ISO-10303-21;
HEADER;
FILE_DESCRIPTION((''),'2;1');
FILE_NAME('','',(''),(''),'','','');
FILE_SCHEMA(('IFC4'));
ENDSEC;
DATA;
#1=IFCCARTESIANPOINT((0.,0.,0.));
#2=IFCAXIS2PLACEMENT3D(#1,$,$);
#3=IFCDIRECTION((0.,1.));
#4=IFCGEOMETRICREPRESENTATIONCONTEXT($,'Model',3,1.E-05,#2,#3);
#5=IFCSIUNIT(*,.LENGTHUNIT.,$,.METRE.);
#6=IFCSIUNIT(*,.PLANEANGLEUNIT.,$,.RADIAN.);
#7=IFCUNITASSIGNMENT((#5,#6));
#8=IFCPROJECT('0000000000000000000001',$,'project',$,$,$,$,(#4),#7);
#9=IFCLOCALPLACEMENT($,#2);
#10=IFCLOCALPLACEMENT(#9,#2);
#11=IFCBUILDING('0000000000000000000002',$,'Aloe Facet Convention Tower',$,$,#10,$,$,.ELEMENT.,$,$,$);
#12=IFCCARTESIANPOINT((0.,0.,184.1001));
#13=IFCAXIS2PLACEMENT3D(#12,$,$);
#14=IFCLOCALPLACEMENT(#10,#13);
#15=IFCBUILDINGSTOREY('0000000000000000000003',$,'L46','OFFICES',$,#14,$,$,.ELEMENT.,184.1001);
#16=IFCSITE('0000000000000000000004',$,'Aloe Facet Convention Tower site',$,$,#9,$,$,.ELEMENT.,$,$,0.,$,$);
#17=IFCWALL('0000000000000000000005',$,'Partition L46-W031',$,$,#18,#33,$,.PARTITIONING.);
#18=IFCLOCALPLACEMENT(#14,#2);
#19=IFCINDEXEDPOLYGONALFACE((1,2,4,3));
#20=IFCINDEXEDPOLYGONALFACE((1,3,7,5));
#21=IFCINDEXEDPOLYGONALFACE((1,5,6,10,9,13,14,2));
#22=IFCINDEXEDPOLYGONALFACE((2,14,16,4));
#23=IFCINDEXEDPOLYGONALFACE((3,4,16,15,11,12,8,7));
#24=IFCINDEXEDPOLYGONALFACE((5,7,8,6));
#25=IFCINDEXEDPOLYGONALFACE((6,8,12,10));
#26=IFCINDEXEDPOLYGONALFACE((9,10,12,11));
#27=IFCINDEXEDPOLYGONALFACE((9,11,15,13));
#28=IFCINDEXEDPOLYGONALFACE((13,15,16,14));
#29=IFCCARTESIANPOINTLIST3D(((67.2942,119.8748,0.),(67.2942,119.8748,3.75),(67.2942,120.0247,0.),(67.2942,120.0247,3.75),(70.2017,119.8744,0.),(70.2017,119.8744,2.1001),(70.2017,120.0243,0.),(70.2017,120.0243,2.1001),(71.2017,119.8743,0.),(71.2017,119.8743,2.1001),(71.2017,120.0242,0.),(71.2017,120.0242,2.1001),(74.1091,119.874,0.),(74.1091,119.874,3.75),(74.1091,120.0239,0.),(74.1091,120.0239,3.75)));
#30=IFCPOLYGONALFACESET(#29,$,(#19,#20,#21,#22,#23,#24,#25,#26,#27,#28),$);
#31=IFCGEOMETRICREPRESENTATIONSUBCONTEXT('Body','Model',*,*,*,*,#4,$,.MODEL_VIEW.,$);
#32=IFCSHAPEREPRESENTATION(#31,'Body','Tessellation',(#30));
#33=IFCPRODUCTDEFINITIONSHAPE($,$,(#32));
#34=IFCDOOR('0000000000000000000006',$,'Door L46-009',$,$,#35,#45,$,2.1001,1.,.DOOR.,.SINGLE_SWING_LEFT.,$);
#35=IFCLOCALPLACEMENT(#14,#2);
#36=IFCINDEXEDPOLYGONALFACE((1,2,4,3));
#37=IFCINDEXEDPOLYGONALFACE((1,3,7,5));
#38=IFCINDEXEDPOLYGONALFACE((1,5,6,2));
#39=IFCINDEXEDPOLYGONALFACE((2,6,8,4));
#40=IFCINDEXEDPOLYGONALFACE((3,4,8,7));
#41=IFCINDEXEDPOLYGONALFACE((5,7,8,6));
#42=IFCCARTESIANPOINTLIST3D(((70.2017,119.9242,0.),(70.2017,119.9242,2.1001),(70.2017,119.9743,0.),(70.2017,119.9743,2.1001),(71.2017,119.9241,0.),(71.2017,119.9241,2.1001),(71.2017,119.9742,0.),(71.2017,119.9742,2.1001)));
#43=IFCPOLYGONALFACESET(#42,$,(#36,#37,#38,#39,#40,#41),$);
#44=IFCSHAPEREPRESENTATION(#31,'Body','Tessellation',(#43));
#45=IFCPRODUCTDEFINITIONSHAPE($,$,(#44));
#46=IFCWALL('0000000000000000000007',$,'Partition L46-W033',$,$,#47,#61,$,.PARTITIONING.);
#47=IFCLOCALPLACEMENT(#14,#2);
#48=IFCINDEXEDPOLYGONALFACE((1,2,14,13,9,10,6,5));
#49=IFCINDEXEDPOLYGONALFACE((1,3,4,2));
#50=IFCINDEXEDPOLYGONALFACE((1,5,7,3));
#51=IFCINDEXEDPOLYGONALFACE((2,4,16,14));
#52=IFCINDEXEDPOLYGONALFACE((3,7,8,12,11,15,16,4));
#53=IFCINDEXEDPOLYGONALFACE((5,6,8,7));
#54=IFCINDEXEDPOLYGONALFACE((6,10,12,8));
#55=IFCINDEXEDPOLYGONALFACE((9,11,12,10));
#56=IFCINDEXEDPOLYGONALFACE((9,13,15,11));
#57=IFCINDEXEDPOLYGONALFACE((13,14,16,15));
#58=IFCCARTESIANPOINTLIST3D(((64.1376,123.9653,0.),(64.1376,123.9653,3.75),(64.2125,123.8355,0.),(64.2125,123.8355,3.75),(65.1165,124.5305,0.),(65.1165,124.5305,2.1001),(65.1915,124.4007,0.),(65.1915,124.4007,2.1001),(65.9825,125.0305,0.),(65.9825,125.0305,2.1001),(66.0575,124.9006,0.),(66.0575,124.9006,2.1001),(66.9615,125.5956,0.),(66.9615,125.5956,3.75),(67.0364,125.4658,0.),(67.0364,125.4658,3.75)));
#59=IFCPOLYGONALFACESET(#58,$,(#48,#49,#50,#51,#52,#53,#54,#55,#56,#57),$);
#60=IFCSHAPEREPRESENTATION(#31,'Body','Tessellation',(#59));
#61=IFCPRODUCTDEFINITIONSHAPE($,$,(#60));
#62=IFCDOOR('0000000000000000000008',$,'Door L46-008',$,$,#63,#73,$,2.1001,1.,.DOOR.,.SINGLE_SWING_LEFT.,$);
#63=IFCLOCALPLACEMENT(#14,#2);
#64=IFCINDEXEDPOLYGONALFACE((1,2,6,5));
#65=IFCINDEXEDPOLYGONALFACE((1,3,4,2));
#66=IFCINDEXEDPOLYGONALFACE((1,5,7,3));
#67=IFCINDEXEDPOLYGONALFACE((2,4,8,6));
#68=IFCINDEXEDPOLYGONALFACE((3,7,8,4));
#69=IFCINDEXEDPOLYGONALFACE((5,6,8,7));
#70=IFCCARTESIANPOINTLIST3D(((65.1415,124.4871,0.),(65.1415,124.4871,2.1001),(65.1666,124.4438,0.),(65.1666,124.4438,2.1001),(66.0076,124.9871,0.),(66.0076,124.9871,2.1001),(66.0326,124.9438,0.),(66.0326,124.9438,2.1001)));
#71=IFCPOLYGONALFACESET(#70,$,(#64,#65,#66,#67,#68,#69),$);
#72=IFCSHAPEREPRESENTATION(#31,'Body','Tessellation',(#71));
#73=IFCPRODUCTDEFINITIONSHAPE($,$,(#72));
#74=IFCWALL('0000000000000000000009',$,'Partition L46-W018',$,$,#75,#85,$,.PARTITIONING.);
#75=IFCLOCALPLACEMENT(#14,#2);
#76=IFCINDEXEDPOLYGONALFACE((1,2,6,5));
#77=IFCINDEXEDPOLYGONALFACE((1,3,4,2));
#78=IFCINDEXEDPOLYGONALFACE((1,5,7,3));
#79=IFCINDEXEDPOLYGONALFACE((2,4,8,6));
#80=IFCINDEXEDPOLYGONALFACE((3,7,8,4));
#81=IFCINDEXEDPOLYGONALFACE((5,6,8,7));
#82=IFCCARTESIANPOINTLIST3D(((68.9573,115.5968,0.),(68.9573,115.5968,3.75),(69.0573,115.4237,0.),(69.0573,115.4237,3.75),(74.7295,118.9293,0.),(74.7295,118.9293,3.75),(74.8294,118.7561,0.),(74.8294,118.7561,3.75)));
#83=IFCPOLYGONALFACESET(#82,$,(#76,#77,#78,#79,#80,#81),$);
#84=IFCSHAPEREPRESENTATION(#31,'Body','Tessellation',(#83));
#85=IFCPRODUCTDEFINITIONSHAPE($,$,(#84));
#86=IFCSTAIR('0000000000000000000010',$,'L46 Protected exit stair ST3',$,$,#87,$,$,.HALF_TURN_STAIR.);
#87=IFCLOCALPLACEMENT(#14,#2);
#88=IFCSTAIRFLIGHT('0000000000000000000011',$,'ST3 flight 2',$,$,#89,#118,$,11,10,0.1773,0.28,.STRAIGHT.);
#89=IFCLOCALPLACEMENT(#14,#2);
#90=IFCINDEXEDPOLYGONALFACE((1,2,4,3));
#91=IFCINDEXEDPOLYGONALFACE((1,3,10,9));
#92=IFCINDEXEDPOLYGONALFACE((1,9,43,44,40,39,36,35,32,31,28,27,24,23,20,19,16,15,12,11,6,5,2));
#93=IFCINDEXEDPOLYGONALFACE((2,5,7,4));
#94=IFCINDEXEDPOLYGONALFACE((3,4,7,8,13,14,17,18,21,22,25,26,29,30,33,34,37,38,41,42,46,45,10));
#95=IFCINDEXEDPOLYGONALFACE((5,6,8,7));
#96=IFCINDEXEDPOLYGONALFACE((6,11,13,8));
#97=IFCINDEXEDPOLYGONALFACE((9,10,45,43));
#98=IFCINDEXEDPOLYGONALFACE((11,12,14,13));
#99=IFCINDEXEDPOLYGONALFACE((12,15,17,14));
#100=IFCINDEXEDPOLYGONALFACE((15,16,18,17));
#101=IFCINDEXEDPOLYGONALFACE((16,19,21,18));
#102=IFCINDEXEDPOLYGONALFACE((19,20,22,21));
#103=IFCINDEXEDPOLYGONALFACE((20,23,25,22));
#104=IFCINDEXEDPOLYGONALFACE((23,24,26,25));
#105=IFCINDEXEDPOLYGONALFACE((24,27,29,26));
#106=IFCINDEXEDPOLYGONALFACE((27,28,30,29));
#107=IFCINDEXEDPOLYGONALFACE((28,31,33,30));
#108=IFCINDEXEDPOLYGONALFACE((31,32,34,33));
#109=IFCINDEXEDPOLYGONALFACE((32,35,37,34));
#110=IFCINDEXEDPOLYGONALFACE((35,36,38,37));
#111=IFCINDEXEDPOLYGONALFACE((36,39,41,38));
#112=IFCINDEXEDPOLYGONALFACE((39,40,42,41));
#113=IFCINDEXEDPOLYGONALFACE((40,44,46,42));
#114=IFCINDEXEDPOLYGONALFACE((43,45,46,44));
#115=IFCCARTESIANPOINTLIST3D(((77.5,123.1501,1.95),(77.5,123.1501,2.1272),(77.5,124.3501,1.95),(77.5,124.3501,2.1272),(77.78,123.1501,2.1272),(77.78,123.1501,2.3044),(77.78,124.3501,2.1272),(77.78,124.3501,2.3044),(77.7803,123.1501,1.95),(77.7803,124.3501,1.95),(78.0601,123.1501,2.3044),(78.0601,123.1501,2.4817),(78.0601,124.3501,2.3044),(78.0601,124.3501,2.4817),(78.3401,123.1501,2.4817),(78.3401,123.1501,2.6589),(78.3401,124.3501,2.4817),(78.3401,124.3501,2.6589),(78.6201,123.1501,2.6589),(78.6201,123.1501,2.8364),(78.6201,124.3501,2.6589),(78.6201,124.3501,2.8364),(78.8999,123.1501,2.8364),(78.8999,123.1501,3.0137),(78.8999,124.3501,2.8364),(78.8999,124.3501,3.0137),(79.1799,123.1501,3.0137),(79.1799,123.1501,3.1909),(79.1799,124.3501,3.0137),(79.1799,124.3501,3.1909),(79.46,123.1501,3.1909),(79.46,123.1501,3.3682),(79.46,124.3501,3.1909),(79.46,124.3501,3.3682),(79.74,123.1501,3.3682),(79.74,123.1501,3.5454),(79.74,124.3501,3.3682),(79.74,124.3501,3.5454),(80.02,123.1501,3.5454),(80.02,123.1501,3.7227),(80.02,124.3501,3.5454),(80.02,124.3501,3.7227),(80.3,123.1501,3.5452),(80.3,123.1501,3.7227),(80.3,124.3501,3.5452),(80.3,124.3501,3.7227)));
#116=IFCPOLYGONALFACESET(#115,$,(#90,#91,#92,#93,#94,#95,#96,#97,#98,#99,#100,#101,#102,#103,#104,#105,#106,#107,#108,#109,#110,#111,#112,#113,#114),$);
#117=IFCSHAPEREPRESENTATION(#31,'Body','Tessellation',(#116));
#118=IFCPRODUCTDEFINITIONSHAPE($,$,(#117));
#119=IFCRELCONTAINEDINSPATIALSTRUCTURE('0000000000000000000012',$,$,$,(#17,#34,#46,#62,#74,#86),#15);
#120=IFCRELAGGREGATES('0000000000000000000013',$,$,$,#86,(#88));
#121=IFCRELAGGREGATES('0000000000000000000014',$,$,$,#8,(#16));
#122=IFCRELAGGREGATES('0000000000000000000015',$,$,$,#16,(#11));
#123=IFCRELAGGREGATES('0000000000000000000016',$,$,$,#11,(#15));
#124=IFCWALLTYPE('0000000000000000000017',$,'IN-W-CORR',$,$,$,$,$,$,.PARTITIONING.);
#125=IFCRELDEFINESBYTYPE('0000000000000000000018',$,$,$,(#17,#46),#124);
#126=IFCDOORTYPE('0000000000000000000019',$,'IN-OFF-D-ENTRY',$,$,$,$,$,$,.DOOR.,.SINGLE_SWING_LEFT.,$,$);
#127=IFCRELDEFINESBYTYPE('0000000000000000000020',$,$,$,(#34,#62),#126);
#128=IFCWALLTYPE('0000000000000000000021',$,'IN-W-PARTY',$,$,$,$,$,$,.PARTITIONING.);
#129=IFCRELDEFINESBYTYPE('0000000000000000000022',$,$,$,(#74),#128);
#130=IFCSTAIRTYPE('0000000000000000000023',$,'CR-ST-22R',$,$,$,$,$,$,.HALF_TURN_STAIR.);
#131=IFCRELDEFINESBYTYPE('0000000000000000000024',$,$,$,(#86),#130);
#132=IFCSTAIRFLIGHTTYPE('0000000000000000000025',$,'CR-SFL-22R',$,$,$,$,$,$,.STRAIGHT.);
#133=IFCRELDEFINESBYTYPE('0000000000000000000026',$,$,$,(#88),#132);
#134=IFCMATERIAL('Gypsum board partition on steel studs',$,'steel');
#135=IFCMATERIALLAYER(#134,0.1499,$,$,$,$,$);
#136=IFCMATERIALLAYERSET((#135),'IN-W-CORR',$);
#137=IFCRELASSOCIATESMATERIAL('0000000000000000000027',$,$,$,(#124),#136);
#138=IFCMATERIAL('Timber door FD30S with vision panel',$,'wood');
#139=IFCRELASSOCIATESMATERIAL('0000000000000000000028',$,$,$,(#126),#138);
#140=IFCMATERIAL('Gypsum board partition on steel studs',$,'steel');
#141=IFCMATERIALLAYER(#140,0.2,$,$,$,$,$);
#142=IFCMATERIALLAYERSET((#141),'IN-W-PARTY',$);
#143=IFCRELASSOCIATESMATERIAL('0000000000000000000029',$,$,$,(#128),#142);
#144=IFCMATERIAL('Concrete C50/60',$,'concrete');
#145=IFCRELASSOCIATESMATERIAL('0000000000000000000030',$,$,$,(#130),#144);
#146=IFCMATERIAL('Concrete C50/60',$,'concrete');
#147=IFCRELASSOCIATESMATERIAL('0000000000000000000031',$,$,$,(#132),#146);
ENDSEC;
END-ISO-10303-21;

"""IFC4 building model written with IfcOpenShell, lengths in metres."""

from ifc_helpers import new_model, si_unit, direction, frame, frame_2d, origin, place, context, subcontext, project, spatial, polyline, rectangle, outline, extrude, material, layer, layer_set, type_object, element, fill, aggregate, save


model = new_model("IFC4")

# Units and contexts
model_context = context("Model", 3, precision=1e-05, world=origin(), true_north=direction((0.0, 1.0)))
body_context = subcontext(model_context, "Body", "Model", "MODEL_VIEW")
ifc_project = project(units=[si_unit("LENGTHUNIT", "METRE"), si_unit("PLANEANGLEUNIT", "RADIAN")], contexts=[model_context])

# Site, building, storey
site_placement = place(None, origin())
site = spatial("IfcSite", under=ifc_project, at=site_placement, Name="Aloe Facet Convention Tower site", CompositionType="ELEMENT", RefElevation=0.0)
building_placement = place(site_placement, origin())
building = spatial("IfcBuilding", under=site, at=building_placement, Name="Aloe Facet Convention Tower", CompositionType="ELEMENT")
storey_placement = place(building_placement, frame((0.0, 0.0, 184.1001)))
storey = spatial("IfcBuildingStorey", under=building, at=storey_placement, Name="L46", Description="OFFICES", CompositionType="ELEMENT", Elevation=184.1001)

# Shared definitions
ifc_material_1 = material(Name="Gypsum board partition on steel studs", Category="steel")
ifc_layer_1 = layer(ifc_material_1, 0.1499)
ifc_layer_set_1 = layer_set([ifc_layer_1], Name="IN-W-CORR")
wall_type_1 = type_object("IfcWallType", Name="IN-W-CORR", PredefinedType="PARTITIONING", material=ifc_layer_set_1)
ifc_material_2 = material(Name="Timber door FD30S with vision panel", Category="wood")
door_type_1 = type_object("IfcDoorType", Name="IN-OFF-D-ENTRY", OperationType="SINGLE_SWING_LEFT", PredefinedType="DOOR", material=ifc_material_2)

# Walls, openings, doors
wall_1_placement = place(storey_placement, frame((67.2942, 119.9497, 0.0), z_axis=(0.0, 0.0, 1.0), x_axis=(1.0, -0.000107, 0.0)))
wall_1 = element("IfcWall", 1, at=wall_1_placement, inside=storey, type_object=wall_type_1, Name="Partition L46-W031", PredefinedType="PARTITIONING", context=body_context, shape_type="SweptSolid", body=[
    extrude(rectangle(XDim=6.8149, YDim=0.1499, at=frame_2d((3.4075, 0.0))), origin(), (0.0, 0.0, 1.0), 3.75),
])
opening_1_placement = place(wall_1_placement, frame((2.9075, 0.0, 0.0)))
opening_1 = element("IfcOpeningElement", 2, at=opening_1_placement, cuts=wall_1, PredefinedType="OPENING", context=body_context, shape_type="SweptSolid", body=[
    extrude(rectangle(XDim=1.0, YDim=2.1001, at=frame_2d((0.5, 1.05))), frame((0.0, 0.085, 0.0), z_axis=(0.0, -1.0, 0.0), x_axis=(1.0, 0.0, 0.0)), (0.0, 0.0, 1.0), 0.1699),
])
door_1_placement = place(opening_1_placement, origin())
door_1 = element("IfcDoor", 3, at=door_1_placement, inside=storey, type_object=door_type_1, Name="Door L46-009", OperationType="SINGLE_SWING_LEFT", OverallHeight=2.1001, OverallWidth=1.0, PredefinedType="DOOR", context=body_context, shape_type="SweptSolid", body=[
    extrude(rectangle(XDim=1.0, YDim=2.1001, at=frame_2d((0.5, 1.05))), frame((0.0, 0.0249, 0.0), z_axis=(0.0, -1.0, 0.0), x_axis=(1.0, 0.0, 0.0)), (0.0, 0.0, 1.0), 0.05),
])
fill(opening_1, door_1)
wall_2_placement = place(storey_placement, frame((64.175, 123.9004, 0.0), z_axis=(0.0, 0.0, 1.0), x_axis=(0.866032, 0.499988, 0.0)))
wall_2 = element("IfcWall", 4, at=wall_2_placement, inside=storey, type_object=wall_type_1, Name="Partition L46-W033", PredefinedType="PARTITIONING", context=body_context, shape_type="SweptSolid", body=[
    extrude(rectangle(XDim=3.2607, YDim=0.1499, at=frame_2d((1.6304, 0.0))), origin(), (0.0, 0.0, 1.0), 3.75),
])
opening_2_placement = place(wall_2_placement, frame((1.1304, 0.0, 0.0)))
opening_2 = element("IfcOpeningElement", 5, at=opening_2_placement, cuts=wall_2, PredefinedType="OPENING", context=body_context, shape_type="SweptSolid", body=[
    extrude(rectangle(XDim=1.0, YDim=2.1001, at=frame_2d((0.5, 1.05))), frame((0.0, 0.085, 0.0), z_axis=(0.0, -1.0, 0.0), x_axis=(1.0, 0.0, 0.0)), (0.0, 0.0, 1.0), 0.1699),
])
door_2_placement = place(opening_2_placement, origin())
door_2 = element("IfcDoor", 6, at=door_2_placement, inside=storey, type_object=door_type_1, Name="Door L46-008", OperationType="SINGLE_SWING_LEFT", OverallHeight=2.1001, OverallWidth=1.0, PredefinedType="DOOR", context=body_context, shape_type="SweptSolid", body=[
    extrude(rectangle(XDim=1.0, YDim=2.1001, at=frame_2d((0.5, 1.05))), frame((0.0, 0.0249, 0.0), z_axis=(0.0, -1.0, 0.0), x_axis=(1.0, 0.0, 0.0)), (0.0, 0.0, 1.0), 0.05),
])
fill(opening_2, door_2)

# Wall
ifc_material_3 = material(Name="Gypsum board partition on steel studs", Category="steel")
ifc_layer_2 = layer(ifc_material_3, 0.2)
ifc_layer_set_2 = layer_set([ifc_layer_2], Name="IN-W-PARTY")
wall_type_2 = type_object("IfcWallType", Name="IN-W-PARTY", PredefinedType="PARTITIONING", material=ifc_layer_set_2)
wall_3_placement = place(storey_placement, frame((69.0073, 115.5103, 0.0), z_axis=(0.0, 0.0, 1.0), x_axis=(0.86603, 0.499992, 0.0)))
element("IfcWall", 7, at=wall_3_placement, inside=storey, type_object=wall_type_2, Name="Partition L46-W018", PredefinedType="PARTITIONING", context=body_context, shape_type="SweptSolid", body=[
    extrude(rectangle(XDim=6.665, YDim=0.2, at=frame_2d((3.3325, 0.0))), origin(), (0.0, 0.0, 1.0), 3.75),
])

# Stair, stair flight
ifc_material_4 = material(Name="Concrete C50/60", Category="concrete")
stair_type = type_object("IfcStairType", Name="CR-ST-22R", PredefinedType="HALF_TURN_STAIR", material=ifc_material_4)
stair_placement = place(storey_placement, origin())
stair = element("IfcStair", 8, at=stair_placement, inside=storey, type_object=stair_type, Name="L46 Protected exit stair ST3", PredefinedType="HALF_TURN_STAIR")
ifc_material_5 = material(Name="Concrete C50/60", Category="concrete")
stair_flight_type = type_object("IfcStairFlightType", Name="CR-SFL-22R", PredefinedType="STRAIGHT", material=ifc_material_5)
stair_flight_placement = place(storey_placement, frame((77.5, 123.75, 1.95), z_axis=(0.0, 0.0, 1.0), x_axis=(1.0, 0.0, 0.0)))
stair_flight = element("IfcStairFlight", 9, at=stair_flight_placement, type_object=stair_flight_type, Name="ST3 flight 2", NumberOfRisers=11, NumberOfTreads=10, PredefinedType="STRAIGHT", RiserHeight=0.1773, TreadLength=0.28, context=body_context, shape_type="SweptSolid", body=[
    extrude(outline(polyline([(0.0, 0.0), (0.0, 0.1772), (0.28, 0.1772), (0.28, 0.3545), (0.5601, 0.3545), (0.5601, 0.5317), (0.8401, 0.5317), (0.8401, 0.709), (1.1201, 0.709), (1.1201, 0.8865), (1.3999, 0.8865), (1.3999, 1.0637), (1.6799, 1.0637), (1.6799, 1.241), (1.96, 1.241), (1.96, 1.4182), (2.24, 1.4182), (2.24, 1.5955), (2.52, 1.5955), (2.52, 1.7727), (2.8, 1.7727), (2.8, 1.95), (2.8, 1.5952), (0.2803, 0.0), (0.0, 0.0)])), frame((0.0, 0.6001, 0.0), z_axis=(0.0, -1.0, 0.0), x_axis=(1.0, 0.0, 0.0)), (0.0, 0.0, 1.0), 1.2),
])
aggregate(stair, [stair_flight])

save(model, "model.ifc")
